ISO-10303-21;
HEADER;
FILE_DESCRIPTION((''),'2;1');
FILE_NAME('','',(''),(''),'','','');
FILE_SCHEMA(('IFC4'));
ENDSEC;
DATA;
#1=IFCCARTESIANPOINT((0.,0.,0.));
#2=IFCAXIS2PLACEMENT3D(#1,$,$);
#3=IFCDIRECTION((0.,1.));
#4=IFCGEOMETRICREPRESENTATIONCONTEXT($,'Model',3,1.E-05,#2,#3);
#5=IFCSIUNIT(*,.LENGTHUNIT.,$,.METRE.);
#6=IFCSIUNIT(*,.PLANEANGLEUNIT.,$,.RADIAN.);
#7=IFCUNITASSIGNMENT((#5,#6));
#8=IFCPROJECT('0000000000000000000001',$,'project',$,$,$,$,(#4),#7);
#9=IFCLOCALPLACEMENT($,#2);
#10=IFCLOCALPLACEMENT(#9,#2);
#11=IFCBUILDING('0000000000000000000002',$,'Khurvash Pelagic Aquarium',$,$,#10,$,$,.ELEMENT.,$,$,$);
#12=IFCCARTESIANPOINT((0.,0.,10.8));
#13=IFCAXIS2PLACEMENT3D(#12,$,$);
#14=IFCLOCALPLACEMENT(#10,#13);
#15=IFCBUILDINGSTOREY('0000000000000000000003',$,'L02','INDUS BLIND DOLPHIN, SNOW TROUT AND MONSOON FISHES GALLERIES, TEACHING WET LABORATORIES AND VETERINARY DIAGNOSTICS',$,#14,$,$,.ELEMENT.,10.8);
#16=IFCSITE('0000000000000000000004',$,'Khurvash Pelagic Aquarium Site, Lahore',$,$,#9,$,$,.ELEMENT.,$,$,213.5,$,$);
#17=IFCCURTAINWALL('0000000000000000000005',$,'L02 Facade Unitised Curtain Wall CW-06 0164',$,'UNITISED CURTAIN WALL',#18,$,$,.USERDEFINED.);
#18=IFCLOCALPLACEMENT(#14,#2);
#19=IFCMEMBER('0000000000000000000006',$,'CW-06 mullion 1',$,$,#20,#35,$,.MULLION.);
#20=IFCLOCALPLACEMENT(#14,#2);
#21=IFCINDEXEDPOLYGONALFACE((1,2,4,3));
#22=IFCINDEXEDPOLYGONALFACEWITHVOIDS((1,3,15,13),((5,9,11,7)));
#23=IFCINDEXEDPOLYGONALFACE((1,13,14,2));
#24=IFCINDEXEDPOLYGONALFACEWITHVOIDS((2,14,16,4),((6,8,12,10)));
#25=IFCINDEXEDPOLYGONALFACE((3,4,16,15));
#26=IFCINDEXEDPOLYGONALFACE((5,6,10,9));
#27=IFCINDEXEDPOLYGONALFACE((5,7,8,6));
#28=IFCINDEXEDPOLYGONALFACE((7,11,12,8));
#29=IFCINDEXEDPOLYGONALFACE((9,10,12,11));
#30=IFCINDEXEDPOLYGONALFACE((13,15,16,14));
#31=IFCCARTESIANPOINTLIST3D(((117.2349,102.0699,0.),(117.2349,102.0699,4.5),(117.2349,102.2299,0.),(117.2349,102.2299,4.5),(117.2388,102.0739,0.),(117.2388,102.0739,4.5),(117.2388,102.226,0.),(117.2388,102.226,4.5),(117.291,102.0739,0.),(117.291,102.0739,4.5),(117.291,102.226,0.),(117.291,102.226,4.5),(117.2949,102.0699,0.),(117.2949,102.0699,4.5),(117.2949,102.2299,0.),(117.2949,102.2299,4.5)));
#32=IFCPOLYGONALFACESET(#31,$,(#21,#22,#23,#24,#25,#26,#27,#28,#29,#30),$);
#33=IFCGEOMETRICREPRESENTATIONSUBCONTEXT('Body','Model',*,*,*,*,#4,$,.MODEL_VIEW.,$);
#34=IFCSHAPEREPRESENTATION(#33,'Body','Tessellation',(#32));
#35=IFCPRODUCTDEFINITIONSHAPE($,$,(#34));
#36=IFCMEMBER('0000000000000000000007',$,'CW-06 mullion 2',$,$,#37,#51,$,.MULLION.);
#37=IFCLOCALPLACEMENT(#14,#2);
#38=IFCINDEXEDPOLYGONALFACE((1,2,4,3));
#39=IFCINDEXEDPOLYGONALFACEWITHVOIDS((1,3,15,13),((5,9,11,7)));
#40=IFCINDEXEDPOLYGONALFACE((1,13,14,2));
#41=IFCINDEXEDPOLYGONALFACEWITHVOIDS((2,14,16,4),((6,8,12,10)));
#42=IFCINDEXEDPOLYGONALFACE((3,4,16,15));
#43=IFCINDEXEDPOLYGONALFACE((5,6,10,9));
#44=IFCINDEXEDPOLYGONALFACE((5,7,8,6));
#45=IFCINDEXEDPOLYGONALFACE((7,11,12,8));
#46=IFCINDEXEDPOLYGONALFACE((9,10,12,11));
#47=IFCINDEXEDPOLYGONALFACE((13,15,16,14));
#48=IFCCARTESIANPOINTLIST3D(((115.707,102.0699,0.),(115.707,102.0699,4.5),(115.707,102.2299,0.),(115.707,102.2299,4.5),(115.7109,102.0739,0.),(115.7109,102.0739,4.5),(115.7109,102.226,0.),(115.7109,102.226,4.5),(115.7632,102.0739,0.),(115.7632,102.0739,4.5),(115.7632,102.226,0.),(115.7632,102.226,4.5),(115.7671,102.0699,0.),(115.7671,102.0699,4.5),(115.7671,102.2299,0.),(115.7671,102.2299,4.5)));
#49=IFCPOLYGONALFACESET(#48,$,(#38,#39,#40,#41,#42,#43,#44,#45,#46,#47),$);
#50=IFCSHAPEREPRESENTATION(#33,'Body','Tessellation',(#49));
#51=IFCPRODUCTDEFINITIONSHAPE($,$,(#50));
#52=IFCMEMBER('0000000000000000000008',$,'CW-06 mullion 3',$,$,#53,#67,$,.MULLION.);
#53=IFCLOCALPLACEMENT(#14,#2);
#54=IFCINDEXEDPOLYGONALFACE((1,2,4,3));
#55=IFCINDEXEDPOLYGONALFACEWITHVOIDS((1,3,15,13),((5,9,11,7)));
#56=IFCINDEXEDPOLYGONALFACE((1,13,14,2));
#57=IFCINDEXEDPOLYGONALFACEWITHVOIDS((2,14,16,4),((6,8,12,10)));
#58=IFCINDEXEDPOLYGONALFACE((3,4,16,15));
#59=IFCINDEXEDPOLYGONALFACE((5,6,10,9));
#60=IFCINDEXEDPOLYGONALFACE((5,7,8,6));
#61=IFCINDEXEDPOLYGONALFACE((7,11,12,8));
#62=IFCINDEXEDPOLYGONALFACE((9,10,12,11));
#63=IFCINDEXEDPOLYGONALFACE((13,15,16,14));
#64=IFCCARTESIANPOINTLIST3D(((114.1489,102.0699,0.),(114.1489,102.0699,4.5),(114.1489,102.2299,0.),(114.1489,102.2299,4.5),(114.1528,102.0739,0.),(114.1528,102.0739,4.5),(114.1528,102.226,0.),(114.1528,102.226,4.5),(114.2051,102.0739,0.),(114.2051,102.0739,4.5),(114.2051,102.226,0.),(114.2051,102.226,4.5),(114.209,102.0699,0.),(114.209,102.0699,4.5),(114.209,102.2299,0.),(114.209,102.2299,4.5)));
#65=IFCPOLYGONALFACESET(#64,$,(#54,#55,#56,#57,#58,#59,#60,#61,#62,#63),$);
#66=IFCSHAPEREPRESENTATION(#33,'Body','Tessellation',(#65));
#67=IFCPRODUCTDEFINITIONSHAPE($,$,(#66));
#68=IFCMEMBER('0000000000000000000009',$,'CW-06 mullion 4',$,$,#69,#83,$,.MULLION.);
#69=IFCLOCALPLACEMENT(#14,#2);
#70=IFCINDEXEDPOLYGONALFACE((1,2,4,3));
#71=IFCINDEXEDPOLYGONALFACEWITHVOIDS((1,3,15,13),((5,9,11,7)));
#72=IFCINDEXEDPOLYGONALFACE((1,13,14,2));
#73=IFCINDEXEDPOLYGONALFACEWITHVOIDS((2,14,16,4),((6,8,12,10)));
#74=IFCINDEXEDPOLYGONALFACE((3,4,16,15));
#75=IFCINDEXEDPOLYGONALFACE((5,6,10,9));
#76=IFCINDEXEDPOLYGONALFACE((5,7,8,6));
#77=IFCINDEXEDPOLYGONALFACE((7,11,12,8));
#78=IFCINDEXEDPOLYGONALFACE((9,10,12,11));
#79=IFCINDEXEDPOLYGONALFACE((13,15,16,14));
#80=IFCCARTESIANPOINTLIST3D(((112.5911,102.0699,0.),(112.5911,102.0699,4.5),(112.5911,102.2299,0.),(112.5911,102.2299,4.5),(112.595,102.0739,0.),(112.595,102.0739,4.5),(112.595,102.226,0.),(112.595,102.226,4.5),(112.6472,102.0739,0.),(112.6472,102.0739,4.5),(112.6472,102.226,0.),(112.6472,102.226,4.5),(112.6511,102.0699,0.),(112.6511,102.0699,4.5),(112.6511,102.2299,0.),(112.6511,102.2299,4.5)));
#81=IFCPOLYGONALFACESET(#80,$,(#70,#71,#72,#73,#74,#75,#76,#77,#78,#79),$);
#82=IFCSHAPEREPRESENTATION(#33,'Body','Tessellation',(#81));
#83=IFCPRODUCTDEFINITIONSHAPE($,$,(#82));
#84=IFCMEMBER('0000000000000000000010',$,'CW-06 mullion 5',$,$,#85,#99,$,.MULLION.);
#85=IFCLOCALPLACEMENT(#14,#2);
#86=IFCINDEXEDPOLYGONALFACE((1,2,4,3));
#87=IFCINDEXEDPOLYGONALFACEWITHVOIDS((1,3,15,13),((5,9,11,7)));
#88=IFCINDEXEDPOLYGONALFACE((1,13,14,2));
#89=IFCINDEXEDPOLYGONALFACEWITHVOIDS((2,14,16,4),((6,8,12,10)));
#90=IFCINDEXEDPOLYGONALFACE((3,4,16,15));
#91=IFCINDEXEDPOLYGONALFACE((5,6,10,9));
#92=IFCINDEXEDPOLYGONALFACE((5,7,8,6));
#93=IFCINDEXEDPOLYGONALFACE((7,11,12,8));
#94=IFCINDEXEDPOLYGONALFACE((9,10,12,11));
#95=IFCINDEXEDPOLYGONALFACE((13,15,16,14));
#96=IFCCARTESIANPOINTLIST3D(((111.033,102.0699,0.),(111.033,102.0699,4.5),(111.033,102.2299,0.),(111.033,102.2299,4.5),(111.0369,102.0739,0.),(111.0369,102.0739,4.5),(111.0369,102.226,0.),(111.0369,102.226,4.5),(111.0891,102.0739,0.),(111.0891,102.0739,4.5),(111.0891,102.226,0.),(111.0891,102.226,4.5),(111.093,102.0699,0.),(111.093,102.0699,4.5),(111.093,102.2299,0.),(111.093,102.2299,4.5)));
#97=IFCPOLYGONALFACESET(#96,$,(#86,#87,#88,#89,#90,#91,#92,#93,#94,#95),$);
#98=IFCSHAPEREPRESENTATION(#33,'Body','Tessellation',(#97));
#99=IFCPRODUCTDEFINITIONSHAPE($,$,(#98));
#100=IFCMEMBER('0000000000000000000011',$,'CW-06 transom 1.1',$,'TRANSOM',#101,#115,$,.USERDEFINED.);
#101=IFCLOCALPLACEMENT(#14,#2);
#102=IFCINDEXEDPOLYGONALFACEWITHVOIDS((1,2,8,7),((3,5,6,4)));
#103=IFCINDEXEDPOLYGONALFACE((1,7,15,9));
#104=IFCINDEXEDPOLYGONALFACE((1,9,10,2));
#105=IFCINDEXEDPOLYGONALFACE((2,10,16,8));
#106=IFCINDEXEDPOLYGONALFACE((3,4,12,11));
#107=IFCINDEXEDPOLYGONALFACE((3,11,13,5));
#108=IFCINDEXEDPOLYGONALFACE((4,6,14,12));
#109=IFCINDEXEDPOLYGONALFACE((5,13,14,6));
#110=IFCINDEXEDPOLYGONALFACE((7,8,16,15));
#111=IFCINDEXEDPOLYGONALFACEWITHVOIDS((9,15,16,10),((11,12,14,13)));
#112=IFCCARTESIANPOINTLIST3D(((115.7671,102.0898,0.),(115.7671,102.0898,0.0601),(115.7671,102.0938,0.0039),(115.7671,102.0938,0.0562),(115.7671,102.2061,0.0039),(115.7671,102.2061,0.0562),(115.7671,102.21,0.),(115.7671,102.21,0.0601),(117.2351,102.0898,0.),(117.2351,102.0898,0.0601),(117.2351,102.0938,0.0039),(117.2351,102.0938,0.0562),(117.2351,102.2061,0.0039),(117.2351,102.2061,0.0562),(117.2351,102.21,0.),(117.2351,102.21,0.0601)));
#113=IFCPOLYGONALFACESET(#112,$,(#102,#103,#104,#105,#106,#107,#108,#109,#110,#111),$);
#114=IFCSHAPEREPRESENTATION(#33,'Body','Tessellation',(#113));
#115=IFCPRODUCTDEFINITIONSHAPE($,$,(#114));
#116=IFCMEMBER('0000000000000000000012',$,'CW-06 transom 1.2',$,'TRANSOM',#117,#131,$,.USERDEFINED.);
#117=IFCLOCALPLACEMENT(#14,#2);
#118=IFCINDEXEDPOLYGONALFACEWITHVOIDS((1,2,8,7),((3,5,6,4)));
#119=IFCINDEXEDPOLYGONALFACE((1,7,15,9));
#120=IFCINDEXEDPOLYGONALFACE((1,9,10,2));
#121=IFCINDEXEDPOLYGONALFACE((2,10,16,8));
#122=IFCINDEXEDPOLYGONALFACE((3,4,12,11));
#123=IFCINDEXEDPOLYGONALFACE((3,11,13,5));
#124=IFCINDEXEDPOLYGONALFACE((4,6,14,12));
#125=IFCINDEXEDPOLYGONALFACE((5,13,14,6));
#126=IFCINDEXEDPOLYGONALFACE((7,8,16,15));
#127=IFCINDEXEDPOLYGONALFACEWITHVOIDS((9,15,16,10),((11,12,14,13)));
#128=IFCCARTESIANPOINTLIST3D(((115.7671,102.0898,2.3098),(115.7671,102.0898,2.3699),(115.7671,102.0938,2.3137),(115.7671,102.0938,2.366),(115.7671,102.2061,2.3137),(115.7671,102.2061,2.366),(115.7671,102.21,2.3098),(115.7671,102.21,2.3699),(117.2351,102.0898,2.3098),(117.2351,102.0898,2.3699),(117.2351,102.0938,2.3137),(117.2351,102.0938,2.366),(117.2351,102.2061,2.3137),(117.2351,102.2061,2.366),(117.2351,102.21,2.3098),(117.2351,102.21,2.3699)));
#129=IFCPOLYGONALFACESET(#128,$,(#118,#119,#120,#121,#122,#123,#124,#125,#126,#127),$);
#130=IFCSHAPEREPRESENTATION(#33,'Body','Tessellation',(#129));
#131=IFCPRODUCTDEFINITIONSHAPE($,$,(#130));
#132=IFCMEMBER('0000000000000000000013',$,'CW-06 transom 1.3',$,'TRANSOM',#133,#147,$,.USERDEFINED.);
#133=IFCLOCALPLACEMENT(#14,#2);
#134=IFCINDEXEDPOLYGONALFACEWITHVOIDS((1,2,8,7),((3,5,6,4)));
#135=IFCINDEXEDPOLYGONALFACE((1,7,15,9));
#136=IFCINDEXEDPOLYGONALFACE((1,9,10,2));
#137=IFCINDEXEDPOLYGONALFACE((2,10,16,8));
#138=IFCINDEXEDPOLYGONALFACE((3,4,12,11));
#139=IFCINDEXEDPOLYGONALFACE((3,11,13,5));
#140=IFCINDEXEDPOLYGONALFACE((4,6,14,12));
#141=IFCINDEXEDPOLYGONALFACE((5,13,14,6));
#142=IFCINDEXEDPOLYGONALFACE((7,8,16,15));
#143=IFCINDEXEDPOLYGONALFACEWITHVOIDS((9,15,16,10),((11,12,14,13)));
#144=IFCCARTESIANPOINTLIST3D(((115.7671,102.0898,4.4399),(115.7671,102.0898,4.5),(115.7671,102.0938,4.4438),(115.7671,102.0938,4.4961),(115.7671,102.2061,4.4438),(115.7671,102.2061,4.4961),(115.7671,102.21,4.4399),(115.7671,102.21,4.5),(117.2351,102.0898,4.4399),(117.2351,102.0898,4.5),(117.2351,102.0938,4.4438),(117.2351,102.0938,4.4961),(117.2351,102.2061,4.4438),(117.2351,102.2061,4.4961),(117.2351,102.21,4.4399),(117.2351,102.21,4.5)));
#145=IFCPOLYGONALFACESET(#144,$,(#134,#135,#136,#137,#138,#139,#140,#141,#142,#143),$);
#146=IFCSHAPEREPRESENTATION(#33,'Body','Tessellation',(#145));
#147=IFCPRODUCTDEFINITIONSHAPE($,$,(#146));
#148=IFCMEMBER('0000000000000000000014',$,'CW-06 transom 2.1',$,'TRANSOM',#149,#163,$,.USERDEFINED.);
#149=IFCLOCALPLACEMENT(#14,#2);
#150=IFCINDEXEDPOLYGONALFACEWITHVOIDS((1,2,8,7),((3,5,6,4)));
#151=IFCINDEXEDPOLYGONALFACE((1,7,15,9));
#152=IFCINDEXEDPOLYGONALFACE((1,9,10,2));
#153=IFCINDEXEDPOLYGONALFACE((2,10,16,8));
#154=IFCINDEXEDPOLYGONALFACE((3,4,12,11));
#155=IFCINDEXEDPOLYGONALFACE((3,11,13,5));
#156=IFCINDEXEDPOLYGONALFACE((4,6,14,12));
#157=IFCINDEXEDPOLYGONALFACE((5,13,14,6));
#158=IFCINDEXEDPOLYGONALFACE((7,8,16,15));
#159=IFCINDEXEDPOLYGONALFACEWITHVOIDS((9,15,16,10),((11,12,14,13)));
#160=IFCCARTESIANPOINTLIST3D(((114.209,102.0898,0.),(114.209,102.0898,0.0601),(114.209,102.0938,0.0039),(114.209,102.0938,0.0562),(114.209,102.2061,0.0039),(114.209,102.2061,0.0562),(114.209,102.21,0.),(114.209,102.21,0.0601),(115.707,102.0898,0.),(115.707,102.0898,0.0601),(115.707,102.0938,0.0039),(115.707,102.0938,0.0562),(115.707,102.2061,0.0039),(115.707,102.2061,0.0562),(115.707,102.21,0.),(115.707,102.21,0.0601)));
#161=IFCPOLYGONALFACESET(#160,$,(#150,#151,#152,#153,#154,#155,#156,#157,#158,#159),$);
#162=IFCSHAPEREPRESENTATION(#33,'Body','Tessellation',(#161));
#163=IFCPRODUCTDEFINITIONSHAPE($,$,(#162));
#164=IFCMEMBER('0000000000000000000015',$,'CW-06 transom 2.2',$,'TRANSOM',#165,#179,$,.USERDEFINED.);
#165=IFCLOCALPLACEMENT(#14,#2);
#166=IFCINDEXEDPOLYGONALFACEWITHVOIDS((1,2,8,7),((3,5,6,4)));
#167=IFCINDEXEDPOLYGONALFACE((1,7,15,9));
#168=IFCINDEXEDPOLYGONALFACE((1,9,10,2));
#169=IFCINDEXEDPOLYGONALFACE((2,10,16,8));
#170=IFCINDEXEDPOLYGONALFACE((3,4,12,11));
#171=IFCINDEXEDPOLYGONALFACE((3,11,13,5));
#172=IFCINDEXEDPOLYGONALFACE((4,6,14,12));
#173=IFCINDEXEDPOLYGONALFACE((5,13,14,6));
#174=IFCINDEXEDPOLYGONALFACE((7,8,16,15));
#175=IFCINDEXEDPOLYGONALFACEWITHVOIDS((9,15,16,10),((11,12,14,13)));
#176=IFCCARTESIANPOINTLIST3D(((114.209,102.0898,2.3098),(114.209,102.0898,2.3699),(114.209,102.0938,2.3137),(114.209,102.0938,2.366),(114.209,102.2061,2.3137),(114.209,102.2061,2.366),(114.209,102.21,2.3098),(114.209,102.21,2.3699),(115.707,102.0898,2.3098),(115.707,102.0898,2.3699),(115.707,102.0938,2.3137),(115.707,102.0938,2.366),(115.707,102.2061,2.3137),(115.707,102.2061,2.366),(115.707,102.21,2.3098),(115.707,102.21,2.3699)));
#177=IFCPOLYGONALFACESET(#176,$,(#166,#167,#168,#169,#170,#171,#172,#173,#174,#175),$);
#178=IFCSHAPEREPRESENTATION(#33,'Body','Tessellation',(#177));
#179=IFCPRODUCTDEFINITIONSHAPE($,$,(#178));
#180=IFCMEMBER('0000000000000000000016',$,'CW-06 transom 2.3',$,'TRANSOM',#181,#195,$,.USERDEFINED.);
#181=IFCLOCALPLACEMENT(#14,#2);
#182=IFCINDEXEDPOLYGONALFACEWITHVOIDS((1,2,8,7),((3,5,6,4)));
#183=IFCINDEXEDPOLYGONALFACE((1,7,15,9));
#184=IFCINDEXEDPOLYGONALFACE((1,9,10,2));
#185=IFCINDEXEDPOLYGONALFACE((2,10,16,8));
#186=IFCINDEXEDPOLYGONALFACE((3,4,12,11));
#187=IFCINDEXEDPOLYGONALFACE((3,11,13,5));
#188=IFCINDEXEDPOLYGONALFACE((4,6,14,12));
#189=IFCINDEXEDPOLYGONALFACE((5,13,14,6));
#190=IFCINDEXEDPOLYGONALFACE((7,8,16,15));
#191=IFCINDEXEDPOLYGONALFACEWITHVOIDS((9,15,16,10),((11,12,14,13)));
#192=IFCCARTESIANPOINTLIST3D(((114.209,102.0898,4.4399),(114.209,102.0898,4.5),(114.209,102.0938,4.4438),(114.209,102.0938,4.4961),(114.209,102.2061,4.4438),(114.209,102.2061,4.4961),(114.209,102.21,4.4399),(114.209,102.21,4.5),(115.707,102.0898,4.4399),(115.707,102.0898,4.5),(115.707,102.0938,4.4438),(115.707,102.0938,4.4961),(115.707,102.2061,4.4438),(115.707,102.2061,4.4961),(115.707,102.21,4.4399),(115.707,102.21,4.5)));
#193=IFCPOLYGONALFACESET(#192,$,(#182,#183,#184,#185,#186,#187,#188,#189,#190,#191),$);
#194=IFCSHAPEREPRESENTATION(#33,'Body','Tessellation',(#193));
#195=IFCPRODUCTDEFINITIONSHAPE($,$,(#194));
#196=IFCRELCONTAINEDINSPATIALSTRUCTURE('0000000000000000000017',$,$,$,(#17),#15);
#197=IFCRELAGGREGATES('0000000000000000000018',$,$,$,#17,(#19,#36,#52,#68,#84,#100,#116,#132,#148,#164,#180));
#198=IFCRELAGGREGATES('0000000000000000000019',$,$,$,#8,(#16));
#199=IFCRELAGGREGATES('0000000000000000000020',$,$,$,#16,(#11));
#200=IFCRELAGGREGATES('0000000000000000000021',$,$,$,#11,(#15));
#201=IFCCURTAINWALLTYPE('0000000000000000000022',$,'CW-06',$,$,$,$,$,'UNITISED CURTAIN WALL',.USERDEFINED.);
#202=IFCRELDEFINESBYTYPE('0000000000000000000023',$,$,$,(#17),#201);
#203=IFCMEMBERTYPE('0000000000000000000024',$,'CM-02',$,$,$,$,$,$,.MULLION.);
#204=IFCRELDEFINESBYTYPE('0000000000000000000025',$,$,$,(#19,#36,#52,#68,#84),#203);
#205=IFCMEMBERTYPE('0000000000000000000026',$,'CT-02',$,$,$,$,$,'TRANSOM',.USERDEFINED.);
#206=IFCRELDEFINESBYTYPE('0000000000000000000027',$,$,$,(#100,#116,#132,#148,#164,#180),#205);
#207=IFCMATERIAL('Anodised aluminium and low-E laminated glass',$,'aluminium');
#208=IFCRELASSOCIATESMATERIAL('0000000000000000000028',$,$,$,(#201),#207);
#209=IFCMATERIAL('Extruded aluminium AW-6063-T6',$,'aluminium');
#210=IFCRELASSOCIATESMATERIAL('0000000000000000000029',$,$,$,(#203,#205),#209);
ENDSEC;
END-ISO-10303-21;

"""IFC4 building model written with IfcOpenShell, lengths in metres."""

from ifc_helpers import new_model, si_unit, direction, frame, origin, origin_2d, place, context, subcontext, project, spatial, hollow_rectangle, extrude, material, material_profile, profile_set, type_object, element, aggregate, save


model = new_model("IFC4")

# Units and contexts
model_context = context("Model", 3, precision=1e-05, world=origin(), true_north=direction((0.0, 1.0)))
body_context = subcontext(model_context, "Body", "Model", "MODEL_VIEW")
ifc_project = project(units=[si_unit("LENGTHUNIT", "METRE"), si_unit("PLANEANGLEUNIT", "RADIAN")], contexts=[model_context])

# Site, building, storey
site_placement = place(None, origin())
site = spatial("IfcSite", under=ifc_project, at=site_placement, Name="Khurvash Pelagic Aquarium Site, Lahore", CompositionType="ELEMENT", RefElevation=213.5)
building_placement = place(site_placement, origin())
building = spatial("IfcBuilding", under=site, at=building_placement, Name="Khurvash Pelagic Aquarium", CompositionType="ELEMENT")
storey_placement = place(building_placement, frame((0.0, 0.0, 10.8)))
storey = spatial("IfcBuildingStorey", under=building, at=storey_placement, Name="L02", Description="INDUS BLIND DOLPHIN, SNOW TROUT AND MONSOON FISHES GALLERIES, TEACHING WET LABORATORIES AND VETERINARY DIAGNOSTICS", CompositionType="ELEMENT", Elevation=10.8)

# Curtain wall, members
ifc_material_1 = material(Name="Anodised aluminium and low-E laminated glass", Category="aluminium")
curtain_wall_type = type_object("IfcCurtainWallType", Name="CW-06", ElementType="UNITISED CURTAIN WALL", PredefinedType="USERDEFINED", material=ifc_material_1)
curtain_wall_placement = place(storey_placement, origin())
curtain_wall = element("IfcCurtainWall", 1, at=curtain_wall_placement, inside=storey, type_object=curtain_wall_type, Name="L02 Facade Unitised Curtain Wall CW-06 0164", ObjectType="UNITISED CURTAIN WALL", PredefinedType="USERDEFINED")
ifc_material_2 = material(Name="Extruded aluminium AW-6063-T6", Category="aluminium")
ifc_material_profile_1 = material_profile(ifc_material_2, hollow_rectangle(XDim=0.0601, YDim=0.1599, WallThickness=0.0039, at=origin_2d()), Name="CWM60X160X4")
ifc_profile_set_1 = profile_set([ifc_material_profile_1], Name="Extruded aluminium AW-6063-T6")
member_type_1 = type_object("IfcMemberType", Name="CM-02", PredefinedType="MULLION", material=ifc_profile_set_1)
member_1_placement = place(storey_placement, frame((117.2649, 102.1499, 0.0), z_axis=(0.0, 0.0, 1.0), x_axis=(-1.0, 0.0, 0.0)))
member_1 = element("IfcMember", 2, at=member_1_placement, type_object=member_type_1, Name="CW-06 mullion 1", PredefinedType="MULLION", context=body_context, shape_type="SweptSolid", body=[
    extrude(hollow_rectangle(XDim=0.0601, YDim=0.1599, WallThickness=0.0039, at=origin_2d()), origin(), (0.0, 0.0, 1.0), 4.5),
])
member_2_placement = place(storey_placement, frame((115.7371, 102.1499, 0.0), z_axis=(0.0, 0.0, 1.0), x_axis=(-1.0, 0.0, 0.0)))
member_2 = element("IfcMember", 3, at=member_2_placement, type_object=member_type_1, Name="CW-06 mullion 2", PredefinedType="MULLION", context=body_context, shape_type="SweptSolid", body=[
    extrude(hollow_rectangle(XDim=0.0601, YDim=0.1599, WallThickness=0.0039, at=origin_2d()), origin(), (0.0, 0.0, 1.0), 4.5),
])
member_3_placement = place(storey_placement, frame((114.179, 102.1499, 0.0), z_axis=(0.0, 0.0, 1.0), x_axis=(-1.0, 0.0, 0.0)))
member_3 = element("IfcMember", 4, at=member_3_placement, type_object=member_type_1, Name="CW-06 mullion 3", PredefinedType="MULLION", context=body_context, shape_type="SweptSolid", body=[
    extrude(hollow_rectangle(XDim=0.0601, YDim=0.1599, WallThickness=0.0039, at=origin_2d()), origin(), (0.0, 0.0, 1.0), 4.5),
])
member_4_placement = place(storey_placement, frame((112.6211, 102.1499, 0.0), z_axis=(0.0, 0.0, 1.0), x_axis=(-1.0, 0.0, 0.0)))
member_4 = element("IfcMember", 5, at=member_4_placement, type_object=member_type_1, Name="CW-06 mullion 4", PredefinedType="MULLION", context=body_context, shape_type="SweptSolid", body=[
    extrude(hollow_rectangle(XDim=0.0601, YDim=0.1599, WallThickness=0.0039, at=origin_2d()), origin(), (0.0, 0.0, 1.0), 4.5),
])
member_5_placement = place(storey_placement, frame((111.063, 102.1499, 0.0), z_axis=(0.0, 0.0, 1.0), x_axis=(-1.0, 0.0, 0.0)))
member_5 = element("IfcMember", 6, at=member_5_placement, type_object=member_type_1, Name="CW-06 mullion 5", PredefinedType="MULLION", context=body_context, shape_type="SweptSolid", body=[
    extrude(hollow_rectangle(XDim=0.0601, YDim=0.1599, WallThickness=0.0039, at=origin_2d()), origin(), (0.0, 0.0, 1.0), 4.5),
])
ifc_material_profile_2 = material_profile(ifc_material_2, hollow_rectangle(XDim=0.1201, YDim=0.0601, WallThickness=0.0039, at=origin_2d()), Name="CWT120X60X4")
ifc_profile_set_2 = profile_set([ifc_material_profile_2], Name="Extruded aluminium AW-6063-T6")
member_type_2 = type_object("IfcMemberType", Name="CT-02", ElementType="TRANSOM", PredefinedType="USERDEFINED", material=ifc_profile_set_2)
member_6_placement = place(storey_placement, frame((117.2351, 102.1499, 0.03), z_axis=(-1.0, 0.0, 0.0), x_axis=(0.0, -1.0, 0.0)))
member_6 = element("IfcMember", 7, at=member_6_placement, type_object=member_type_2, Name="CW-06 transom 1.1", ObjectType="TRANSOM", PredefinedType="USERDEFINED", context=body_context, shape_type="SweptSolid", body=[
    extrude(hollow_rectangle(XDim=0.1201, YDim=0.0601, WallThickness=0.0039, at=origin_2d()), origin(), (0.0, 0.0, 1.0), 1.468),
])
member_7_placement = place(storey_placement, frame((117.2351, 102.1499, 2.3398), z_axis=(-1.0, 0.0, 0.0), x_axis=(0.0, -1.0, 0.0)))
member_7 = element("IfcMember", 8, at=member_7_placement, type_object=member_type_2, Name="CW-06 transom 1.2", ObjectType="TRANSOM", PredefinedType="USERDEFINED", context=body_context, shape_type="SweptSolid", body=[
    extrude(hollow_rectangle(XDim=0.1201, YDim=0.0601, WallThickness=0.0039, at=origin_2d()), origin(), (0.0, 0.0, 1.0), 1.468),
])
member_8_placement = place(storey_placement, frame((117.2351, 102.1499, 4.47), z_axis=(-1.0, 0.0, 0.0), x_axis=(0.0, -1.0, 0.0)))
member_8 = element("IfcMember", 9, at=member_8_placement, type_object=member_type_2, Name="CW-06 transom 1.3", ObjectType="TRANSOM", PredefinedType="USERDEFINED", context=body_context, shape_type="SweptSolid", body=[
    extrude(hollow_rectangle(XDim=0.1201, YDim=0.0601, WallThickness=0.0039, at=origin_2d()), origin(), (0.0, 0.0, 1.0), 1.468),
])
member_9_placement = place(storey_placement, frame((115.707, 102.1499, 0.03), z_axis=(-1.0, 0.0, 0.0), x_axis=(0.0, -1.0, 0.0)))
member_9 = element("IfcMember", 10, at=member_9_placement, type_object=member_type_2, Name="CW-06 transom 2.1", ObjectType="TRANSOM", PredefinedType="USERDEFINED", context=body_context, shape_type="SweptSolid", body=[
    extrude(hollow_rectangle(XDim=0.1201, YDim=0.0601, WallThickness=0.0039, at=origin_2d()), origin(), (0.0, 0.0, 1.0), 1.498),
])
member_10_placement = place(storey_placement, frame((115.707, 102.1499, 2.3398), z_axis=(-1.0, 0.0, 0.0), x_axis=(0.0, -1.0, 0.0)))
member_10 = element("IfcMember", 11, at=member_10_placement, type_object=member_type_2, Name="CW-06 transom 2.2", ObjectType="TRANSOM", PredefinedType="USERDEFINED", context=body_context, shape_type="SweptSolid", body=[
    extrude(hollow_rectangle(XDim=0.1201, YDim=0.0601, WallThickness=0.0039, at=origin_2d()), origin(), (0.0, 0.0, 1.0), 1.498),
])
member_11_placement = place(storey_placement, frame((115.707, 102.1499, 4.47), z_axis=(-1.0, 0.0, 0.0), x_axis=(0.0, -1.0, 0.0)))
member_11 = element("IfcMember", 12, at=member_11_placement, type_object=member_type_2, Name="CW-06 transom 2.3", ObjectType="TRANSOM", PredefinedType="USERDEFINED", context=body_context, shape_type="SweptSolid", body=[
    extrude(hollow_rectangle(XDim=0.1201, YDim=0.0601, WallThickness=0.0039, at=origin_2d()), origin(), (0.0, 0.0, 1.0), 1.498),
])
aggregate(curtain_wall, [member_1, member_2, member_3, member_4, member_5, member_6, member_7, member_8, member_9, member_10, member_11])

save(model, "model.ifc")
